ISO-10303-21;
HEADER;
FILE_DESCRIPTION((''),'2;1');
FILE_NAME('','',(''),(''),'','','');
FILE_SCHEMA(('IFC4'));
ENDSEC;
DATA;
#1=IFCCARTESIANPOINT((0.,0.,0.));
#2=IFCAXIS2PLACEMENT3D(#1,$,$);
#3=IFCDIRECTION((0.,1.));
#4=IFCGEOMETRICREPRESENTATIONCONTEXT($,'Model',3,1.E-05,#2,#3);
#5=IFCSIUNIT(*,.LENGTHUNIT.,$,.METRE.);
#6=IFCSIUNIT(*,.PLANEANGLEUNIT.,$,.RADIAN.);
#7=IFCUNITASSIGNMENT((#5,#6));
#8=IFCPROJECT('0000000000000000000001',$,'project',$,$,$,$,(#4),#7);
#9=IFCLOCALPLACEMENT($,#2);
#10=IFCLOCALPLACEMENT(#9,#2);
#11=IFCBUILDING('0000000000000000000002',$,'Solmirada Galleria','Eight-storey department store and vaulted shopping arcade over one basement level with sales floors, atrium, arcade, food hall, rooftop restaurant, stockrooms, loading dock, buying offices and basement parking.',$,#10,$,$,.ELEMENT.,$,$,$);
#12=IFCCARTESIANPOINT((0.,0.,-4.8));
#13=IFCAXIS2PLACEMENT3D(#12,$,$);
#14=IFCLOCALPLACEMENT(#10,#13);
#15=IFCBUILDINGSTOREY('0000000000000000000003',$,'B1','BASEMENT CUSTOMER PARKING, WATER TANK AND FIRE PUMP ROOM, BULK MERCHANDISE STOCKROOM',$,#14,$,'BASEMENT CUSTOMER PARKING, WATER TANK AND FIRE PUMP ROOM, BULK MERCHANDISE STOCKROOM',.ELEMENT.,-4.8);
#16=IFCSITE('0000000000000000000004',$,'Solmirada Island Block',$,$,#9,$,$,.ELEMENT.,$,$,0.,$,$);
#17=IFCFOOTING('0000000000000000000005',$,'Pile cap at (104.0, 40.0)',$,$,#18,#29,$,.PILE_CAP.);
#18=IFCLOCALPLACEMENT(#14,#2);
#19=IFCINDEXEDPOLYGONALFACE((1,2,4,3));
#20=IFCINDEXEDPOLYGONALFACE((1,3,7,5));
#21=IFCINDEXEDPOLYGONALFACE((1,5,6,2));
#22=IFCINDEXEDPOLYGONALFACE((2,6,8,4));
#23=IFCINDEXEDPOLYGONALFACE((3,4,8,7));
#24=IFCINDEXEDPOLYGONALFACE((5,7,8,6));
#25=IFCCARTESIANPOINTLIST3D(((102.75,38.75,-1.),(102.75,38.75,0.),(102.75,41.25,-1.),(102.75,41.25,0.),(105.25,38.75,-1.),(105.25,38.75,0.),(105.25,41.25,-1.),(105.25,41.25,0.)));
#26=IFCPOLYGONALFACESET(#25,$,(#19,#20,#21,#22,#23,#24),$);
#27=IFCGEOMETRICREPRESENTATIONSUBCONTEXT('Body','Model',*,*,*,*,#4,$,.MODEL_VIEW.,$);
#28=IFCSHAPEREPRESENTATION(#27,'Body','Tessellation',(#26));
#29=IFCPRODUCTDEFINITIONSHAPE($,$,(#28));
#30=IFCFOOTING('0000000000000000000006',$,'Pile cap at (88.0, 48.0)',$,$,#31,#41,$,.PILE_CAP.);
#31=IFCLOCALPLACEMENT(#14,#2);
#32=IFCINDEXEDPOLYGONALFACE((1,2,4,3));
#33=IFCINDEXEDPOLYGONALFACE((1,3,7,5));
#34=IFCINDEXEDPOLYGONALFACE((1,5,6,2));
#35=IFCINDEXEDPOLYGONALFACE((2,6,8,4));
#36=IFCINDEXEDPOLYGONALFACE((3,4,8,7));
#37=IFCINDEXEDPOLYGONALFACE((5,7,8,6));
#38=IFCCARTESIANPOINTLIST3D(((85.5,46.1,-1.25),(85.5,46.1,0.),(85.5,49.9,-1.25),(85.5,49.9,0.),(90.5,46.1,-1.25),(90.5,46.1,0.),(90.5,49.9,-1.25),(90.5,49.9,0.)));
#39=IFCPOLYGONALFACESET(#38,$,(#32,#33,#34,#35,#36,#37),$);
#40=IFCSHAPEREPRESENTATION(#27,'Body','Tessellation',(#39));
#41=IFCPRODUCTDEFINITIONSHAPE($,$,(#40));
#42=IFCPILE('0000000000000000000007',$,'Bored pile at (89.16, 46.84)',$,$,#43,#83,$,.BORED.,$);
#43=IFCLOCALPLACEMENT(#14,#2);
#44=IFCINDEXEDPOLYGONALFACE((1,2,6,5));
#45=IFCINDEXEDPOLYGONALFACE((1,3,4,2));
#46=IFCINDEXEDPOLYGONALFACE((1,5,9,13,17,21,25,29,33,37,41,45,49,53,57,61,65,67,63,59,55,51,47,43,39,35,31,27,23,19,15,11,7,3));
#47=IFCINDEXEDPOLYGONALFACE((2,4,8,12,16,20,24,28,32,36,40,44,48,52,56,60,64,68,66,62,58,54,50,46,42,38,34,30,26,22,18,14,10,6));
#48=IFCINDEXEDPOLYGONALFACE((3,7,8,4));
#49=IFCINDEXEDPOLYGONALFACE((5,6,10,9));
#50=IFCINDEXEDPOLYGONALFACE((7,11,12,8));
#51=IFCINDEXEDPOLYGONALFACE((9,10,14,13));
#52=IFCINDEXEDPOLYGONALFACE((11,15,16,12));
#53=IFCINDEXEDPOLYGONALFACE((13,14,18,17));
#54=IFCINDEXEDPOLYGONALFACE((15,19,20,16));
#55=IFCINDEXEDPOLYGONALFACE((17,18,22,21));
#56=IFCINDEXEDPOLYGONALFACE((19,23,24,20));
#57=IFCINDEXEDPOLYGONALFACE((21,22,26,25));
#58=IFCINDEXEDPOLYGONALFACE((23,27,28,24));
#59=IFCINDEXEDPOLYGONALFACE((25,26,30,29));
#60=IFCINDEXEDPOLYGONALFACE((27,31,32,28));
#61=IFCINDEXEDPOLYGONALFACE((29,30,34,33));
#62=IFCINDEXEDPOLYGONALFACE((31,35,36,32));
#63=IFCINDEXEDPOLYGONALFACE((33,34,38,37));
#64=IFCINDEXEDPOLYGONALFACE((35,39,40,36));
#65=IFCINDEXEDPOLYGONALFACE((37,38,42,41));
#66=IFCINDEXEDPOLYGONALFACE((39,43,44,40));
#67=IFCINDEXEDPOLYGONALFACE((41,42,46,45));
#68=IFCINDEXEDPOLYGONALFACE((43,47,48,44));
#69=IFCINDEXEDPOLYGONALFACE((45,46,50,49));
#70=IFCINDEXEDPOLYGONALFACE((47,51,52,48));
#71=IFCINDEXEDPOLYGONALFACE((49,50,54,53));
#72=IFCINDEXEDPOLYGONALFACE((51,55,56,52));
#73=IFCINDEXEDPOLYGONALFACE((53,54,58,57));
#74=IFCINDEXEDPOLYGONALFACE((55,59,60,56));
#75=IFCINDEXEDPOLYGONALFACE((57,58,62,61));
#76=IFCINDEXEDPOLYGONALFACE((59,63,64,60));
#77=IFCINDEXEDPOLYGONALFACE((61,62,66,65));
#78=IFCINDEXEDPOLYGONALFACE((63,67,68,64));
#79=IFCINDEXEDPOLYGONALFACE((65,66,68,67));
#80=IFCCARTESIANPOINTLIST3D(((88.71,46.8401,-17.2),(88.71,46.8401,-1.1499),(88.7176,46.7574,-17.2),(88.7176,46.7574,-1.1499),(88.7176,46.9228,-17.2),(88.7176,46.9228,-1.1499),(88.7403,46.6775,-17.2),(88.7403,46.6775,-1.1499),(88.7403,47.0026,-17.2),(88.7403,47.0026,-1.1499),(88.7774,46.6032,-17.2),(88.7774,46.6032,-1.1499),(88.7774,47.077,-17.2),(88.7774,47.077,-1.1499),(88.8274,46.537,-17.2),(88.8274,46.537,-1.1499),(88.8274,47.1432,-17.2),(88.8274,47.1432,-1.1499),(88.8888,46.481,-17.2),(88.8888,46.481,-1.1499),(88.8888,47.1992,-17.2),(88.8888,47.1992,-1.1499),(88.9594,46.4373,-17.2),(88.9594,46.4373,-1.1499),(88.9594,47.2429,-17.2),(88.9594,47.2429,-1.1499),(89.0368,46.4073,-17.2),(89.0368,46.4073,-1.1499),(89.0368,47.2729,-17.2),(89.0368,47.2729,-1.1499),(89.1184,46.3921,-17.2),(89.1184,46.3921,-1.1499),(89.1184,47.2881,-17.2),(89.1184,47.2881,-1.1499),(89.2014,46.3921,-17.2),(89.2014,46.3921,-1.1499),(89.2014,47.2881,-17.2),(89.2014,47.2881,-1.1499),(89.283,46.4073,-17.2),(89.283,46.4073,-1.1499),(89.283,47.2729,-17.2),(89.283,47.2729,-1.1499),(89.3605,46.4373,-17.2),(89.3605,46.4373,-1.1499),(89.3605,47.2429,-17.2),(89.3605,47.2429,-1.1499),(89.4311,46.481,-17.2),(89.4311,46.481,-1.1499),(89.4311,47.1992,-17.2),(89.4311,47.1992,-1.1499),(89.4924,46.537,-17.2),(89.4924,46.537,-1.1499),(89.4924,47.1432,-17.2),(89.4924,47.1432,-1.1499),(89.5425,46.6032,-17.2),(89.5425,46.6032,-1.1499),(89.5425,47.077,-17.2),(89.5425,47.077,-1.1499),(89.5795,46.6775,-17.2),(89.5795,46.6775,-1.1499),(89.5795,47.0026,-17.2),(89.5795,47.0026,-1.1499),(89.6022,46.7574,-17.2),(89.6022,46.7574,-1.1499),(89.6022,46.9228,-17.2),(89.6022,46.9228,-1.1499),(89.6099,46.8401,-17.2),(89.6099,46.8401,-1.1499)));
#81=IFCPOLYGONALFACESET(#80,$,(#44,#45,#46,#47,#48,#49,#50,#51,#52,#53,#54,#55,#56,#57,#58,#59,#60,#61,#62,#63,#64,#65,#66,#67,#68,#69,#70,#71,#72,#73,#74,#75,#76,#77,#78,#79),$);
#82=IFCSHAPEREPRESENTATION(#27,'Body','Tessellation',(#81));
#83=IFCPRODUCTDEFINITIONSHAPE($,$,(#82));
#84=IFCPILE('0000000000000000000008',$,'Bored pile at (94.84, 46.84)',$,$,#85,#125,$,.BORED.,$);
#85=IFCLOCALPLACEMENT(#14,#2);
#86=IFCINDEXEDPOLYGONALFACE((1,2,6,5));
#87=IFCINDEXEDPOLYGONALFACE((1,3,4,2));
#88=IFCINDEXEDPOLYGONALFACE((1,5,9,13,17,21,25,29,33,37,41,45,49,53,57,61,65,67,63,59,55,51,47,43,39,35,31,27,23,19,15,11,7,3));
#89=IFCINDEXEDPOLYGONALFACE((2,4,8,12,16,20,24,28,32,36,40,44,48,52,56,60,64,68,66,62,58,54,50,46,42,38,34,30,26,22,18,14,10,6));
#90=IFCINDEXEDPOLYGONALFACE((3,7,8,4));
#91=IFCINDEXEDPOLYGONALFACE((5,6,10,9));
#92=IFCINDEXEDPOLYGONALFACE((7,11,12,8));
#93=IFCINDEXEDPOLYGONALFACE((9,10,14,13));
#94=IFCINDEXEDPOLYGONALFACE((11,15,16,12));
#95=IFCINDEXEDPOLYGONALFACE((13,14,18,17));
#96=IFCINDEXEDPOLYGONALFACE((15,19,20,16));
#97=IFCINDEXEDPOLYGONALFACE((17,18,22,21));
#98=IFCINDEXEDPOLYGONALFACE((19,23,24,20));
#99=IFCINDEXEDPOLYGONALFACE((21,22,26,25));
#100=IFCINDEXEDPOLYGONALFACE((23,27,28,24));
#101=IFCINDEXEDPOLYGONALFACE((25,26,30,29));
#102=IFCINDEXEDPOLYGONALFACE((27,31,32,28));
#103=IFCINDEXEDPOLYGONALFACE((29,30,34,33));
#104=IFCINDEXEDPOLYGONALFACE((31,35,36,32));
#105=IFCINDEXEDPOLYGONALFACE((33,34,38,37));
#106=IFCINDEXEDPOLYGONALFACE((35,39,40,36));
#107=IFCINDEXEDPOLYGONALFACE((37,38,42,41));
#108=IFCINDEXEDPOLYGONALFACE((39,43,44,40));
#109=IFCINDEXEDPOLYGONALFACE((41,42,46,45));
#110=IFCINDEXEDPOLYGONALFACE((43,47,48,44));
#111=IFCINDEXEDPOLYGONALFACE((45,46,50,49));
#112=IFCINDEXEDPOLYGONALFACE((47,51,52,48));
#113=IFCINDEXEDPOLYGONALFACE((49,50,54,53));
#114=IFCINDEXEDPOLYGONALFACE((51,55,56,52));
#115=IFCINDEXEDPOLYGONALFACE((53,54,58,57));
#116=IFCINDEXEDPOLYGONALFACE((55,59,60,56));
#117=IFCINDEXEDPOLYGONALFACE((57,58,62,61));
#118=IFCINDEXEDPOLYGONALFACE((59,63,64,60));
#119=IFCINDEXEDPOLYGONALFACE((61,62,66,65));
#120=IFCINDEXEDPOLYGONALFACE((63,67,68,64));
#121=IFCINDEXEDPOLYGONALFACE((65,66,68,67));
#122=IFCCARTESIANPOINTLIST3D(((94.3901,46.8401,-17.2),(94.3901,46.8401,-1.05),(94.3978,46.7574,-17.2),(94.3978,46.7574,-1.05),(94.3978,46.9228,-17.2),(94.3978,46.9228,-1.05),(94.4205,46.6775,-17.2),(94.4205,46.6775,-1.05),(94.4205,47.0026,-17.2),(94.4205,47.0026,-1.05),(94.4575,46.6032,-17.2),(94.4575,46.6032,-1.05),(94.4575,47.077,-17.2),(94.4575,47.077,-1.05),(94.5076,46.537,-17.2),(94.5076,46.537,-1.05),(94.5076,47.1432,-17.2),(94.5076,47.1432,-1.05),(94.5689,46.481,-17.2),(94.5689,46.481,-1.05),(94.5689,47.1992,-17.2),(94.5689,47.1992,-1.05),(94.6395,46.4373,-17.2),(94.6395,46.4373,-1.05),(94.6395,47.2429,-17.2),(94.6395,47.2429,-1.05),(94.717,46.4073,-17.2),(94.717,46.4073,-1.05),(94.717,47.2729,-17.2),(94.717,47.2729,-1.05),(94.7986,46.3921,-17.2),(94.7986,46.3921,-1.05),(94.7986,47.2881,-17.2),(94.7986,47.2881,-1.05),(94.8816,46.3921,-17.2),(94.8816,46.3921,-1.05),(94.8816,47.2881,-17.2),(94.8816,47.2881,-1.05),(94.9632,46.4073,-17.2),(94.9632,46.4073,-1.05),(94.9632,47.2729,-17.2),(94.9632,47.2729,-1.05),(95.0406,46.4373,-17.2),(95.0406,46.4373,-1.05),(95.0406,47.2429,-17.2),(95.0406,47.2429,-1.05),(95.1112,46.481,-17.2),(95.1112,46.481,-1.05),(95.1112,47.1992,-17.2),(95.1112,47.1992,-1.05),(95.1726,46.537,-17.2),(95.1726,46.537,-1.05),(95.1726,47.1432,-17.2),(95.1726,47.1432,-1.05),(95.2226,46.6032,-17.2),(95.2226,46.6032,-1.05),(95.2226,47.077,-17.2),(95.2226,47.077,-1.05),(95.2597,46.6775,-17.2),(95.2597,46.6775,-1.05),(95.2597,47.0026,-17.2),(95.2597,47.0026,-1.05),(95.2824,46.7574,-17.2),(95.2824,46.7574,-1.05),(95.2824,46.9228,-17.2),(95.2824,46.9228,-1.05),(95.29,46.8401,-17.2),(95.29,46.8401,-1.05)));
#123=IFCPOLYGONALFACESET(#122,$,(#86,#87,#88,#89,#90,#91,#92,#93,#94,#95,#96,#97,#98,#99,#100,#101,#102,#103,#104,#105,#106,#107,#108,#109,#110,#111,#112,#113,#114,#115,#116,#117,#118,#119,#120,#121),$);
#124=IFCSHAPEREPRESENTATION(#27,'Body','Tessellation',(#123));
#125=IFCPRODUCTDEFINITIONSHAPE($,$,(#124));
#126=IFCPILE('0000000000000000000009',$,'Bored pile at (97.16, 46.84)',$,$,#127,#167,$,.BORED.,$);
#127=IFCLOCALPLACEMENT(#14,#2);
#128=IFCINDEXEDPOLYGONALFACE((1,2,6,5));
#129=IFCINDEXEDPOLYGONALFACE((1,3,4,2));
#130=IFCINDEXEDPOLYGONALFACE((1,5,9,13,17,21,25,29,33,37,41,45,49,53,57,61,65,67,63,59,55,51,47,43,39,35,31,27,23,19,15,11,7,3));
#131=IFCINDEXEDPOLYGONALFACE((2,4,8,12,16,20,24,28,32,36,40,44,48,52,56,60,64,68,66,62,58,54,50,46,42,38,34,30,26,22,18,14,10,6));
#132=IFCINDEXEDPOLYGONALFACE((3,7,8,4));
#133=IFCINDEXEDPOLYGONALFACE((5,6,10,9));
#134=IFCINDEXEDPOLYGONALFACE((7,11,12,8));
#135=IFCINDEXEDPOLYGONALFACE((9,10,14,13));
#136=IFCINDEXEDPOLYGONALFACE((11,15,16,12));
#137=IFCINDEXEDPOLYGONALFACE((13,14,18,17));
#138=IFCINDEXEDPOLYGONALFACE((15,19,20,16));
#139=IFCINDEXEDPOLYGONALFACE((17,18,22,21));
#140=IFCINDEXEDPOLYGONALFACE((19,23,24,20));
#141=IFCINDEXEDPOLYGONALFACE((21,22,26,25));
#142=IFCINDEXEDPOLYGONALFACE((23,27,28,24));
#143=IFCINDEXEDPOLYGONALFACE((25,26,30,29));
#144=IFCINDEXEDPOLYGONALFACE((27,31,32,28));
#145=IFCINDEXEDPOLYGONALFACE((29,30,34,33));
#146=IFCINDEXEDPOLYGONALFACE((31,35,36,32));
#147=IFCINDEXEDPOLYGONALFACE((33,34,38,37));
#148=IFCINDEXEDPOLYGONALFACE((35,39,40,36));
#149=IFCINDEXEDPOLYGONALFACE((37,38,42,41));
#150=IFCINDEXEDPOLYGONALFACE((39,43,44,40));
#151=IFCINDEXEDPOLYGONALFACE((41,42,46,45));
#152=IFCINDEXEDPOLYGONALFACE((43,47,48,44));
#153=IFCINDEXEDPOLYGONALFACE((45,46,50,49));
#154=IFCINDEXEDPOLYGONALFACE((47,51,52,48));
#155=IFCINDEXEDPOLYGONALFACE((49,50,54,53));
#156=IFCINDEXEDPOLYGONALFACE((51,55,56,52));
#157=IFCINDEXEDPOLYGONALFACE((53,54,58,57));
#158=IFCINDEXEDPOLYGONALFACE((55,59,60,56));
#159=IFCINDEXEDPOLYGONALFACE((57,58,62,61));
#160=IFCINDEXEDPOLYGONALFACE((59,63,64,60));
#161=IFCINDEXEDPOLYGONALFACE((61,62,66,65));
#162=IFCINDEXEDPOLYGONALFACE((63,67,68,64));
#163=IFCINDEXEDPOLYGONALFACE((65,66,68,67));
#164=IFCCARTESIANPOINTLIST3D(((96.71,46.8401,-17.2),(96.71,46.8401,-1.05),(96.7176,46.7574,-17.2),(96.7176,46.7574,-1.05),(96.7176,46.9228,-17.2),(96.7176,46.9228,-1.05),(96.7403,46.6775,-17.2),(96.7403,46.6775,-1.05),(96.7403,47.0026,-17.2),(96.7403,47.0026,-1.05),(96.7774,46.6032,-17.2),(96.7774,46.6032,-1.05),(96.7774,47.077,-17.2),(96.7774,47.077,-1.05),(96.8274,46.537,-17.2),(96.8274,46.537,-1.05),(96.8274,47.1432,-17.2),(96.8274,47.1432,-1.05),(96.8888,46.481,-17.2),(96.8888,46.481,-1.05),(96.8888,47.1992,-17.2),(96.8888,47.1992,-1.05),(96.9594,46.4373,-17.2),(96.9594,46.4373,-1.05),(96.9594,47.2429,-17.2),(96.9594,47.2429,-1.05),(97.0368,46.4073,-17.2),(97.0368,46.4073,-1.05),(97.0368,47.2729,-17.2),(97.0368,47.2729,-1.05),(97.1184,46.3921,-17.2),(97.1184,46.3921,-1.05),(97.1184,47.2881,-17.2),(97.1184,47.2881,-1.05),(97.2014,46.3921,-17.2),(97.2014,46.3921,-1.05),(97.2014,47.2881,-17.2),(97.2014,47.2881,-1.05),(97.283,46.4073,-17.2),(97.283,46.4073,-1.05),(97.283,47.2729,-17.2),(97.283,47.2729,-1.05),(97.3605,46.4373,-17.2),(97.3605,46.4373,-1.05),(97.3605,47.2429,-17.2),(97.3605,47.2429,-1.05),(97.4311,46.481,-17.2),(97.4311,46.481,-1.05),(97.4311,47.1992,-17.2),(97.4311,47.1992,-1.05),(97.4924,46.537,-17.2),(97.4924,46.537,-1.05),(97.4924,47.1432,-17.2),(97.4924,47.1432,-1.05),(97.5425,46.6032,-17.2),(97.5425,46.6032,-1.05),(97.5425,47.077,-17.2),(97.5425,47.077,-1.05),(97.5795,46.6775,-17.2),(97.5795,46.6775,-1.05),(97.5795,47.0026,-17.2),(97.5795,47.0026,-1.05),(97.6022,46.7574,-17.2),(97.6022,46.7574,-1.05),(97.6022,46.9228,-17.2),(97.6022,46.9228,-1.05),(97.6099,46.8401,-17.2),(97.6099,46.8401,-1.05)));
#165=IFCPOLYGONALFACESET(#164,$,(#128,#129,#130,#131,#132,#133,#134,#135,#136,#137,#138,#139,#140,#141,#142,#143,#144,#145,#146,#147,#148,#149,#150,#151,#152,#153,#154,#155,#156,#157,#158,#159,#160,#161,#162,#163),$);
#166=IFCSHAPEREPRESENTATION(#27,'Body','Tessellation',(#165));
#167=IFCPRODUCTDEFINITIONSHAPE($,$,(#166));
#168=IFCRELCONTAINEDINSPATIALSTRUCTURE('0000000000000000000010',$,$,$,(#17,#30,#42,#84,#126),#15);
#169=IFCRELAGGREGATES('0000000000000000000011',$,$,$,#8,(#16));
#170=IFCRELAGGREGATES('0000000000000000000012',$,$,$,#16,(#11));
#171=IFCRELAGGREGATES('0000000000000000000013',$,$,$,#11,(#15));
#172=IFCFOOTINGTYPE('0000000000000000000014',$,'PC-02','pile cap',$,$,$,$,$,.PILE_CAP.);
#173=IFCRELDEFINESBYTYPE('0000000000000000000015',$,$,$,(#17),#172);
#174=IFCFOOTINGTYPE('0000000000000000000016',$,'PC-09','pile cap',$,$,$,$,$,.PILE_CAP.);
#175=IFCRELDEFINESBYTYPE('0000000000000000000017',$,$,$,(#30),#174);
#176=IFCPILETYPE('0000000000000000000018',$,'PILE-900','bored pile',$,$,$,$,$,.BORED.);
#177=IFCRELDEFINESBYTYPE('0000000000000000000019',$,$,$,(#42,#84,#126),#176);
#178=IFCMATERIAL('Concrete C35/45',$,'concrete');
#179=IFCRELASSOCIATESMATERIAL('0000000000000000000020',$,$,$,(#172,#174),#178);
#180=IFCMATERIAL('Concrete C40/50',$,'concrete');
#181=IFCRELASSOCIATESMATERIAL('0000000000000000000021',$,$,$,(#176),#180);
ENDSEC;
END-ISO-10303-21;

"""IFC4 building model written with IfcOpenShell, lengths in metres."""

from ifc_helpers import new_model, si_unit, direction, frame, origin, origin_2d, place, context, subcontext, project, spatial, rectangle, circle, extrude, material, material_profile, profile_set, type_object, element, save


model = new_model("IFC4")

# Units and contexts
model_context = context("Model", 3, precision=1e-05, world=origin(), true_north=direction((0.0, 1.0)))
body_context = subcontext(model_context, "Body", "Model", "MODEL_VIEW")
ifc_project = project(units=[si_unit("LENGTHUNIT", "METRE"), si_unit("PLANEANGLEUNIT", "RADIAN")], contexts=[model_context])

# Site, building, storey
site_placement = place(None, origin())
site = spatial("IfcSite", under=ifc_project, at=site_placement, Name="Solmirada Island Block", CompositionType="ELEMENT", RefElevation=0.0)
building_placement = place(site_placement, origin())
building = spatial("IfcBuilding", under=site, at=building_placement, Name="Solmirada Galleria", Description="Eight-storey department store and vaulted shopping arcade over one basement level with sales floors, atrium, arcade, food hall, rooftop restaurant, stockrooms, loading dock, buying offices and basement parking.", CompositionType="ELEMENT")
storey_placement = place(building_placement, frame((0.0, 0.0, -4.8)))
storey = spatial("IfcBuildingStorey", under=building, at=storey_placement, Name="B1", Description="BASEMENT CUSTOMER PARKING, WATER TANK AND FIRE PUMP ROOM, BULK MERCHANDISE STOCKROOM", LongName="BASEMENT CUSTOMER PARKING, WATER TANK AND FIRE PUMP ROOM, BULK MERCHANDISE STOCKROOM", CompositionType="ELEMENT", Elevation=-4.8)

# Footings
ifc_material_1 = material(Name="Concrete C35/45", Category="concrete")
footing_type_1 = type_object("IfcFootingType", Name="PC-02", Description="pile cap", PredefinedType="PILE_CAP", material=ifc_material_1)
footing_1_placement = place(storey_placement, frame((104.0, 40.0, -1.0), z_axis=(0.0, 0.0, 1.0), x_axis=(1.0, 0.0, 0.0)))
element("IfcFooting", 1, at=footing_1_placement, inside=storey, type_object=footing_type_1, Name="Pile cap at (104.0, 40.0)", PredefinedType="PILE_CAP", context=body_context, shape_type="SweptSolid", body=[
    extrude(rectangle(XDim=2.5, YDim=2.5, at=origin_2d()), origin(), (0.0, 0.0, 1.0), 1.0),
])
footing_type_2 = type_object("IfcFootingType", Name="PC-09", Description="pile cap", PredefinedType="PILE_CAP", material=ifc_material_1)
footing_2_placement = place(storey_placement, frame((88.0, 48.0, -1.25), z_axis=(0.0, 0.0, 1.0), x_axis=(1.0, 0.0, 0.0)))
element("IfcFooting", 2, at=footing_2_placement, inside=storey, type_object=footing_type_2, Name="Pile cap at (88.0, 48.0)", PredefinedType="PILE_CAP", context=body_context, shape_type="SweptSolid", body=[
    extrude(rectangle(XDim=5.0, YDim=3.8, at=origin_2d()), origin(), (0.0, 0.0, 1.0), 1.25),
])

# Piles
ifc_material_2 = material(Name="Concrete C40/50", Category="concrete")
ifc_material_profile_1 = material_profile(ifc_material_2, circle(Radius=0.45, at=origin_2d()), Name="PILE900")
ifc_profile_set_1 = profile_set([ifc_material_profile_1], Name="Concrete C40/50")
pile_type = type_object("IfcPileType", Name="PILE-900", Description="bored pile", PredefinedType="BORED", material=ifc_profile_set_1)
pile_1_placement = place(storey_placement, frame((89.1599, 46.8401, -1.1499), z_axis=(0.0, 0.0, -1.0), x_axis=(1.0, 0.0, 0.0)))
element("IfcPile", 3, at=pile_1_placement, inside=storey, type_object=pile_type, Name="Bored pile at (89.16, 46.84)", PredefinedType="BORED", context=body_context, shape_type="SweptSolid", body=[
    extrude(circle(Radius=0.45, at=origin_2d()), origin(), (0.0, 0.0, 1.0), 16.05),
])
for number, where, z_axis, x_axis, name in (
    (4, (94.8401, 46.8401, -1.05), (0.0, 0.0, -1.0), (1.0, 0.0, 0.0), "Bored pile at (94.84, 46.84)"),
    (5, (97.1599, 46.8401, -1.05), (0.0, 0.0, -1.0), (1.0, 0.0, 0.0), "Bored pile at (97.16, 46.84)"),
):
    element("IfcPile", number, at=place(storey_placement, frame(where, z_axis=z_axis, x_axis=x_axis)), inside=storey, type_object=pile_type, Name=name, PredefinedType="BORED", context=body_context, shape_type="SweptSolid", body=[
        extrude(circle(Radius=0.45, at=origin_2d()), origin(), (0.0, 0.0, 1.0), 16.1499),
    ])

save(model, "model.ifc")
